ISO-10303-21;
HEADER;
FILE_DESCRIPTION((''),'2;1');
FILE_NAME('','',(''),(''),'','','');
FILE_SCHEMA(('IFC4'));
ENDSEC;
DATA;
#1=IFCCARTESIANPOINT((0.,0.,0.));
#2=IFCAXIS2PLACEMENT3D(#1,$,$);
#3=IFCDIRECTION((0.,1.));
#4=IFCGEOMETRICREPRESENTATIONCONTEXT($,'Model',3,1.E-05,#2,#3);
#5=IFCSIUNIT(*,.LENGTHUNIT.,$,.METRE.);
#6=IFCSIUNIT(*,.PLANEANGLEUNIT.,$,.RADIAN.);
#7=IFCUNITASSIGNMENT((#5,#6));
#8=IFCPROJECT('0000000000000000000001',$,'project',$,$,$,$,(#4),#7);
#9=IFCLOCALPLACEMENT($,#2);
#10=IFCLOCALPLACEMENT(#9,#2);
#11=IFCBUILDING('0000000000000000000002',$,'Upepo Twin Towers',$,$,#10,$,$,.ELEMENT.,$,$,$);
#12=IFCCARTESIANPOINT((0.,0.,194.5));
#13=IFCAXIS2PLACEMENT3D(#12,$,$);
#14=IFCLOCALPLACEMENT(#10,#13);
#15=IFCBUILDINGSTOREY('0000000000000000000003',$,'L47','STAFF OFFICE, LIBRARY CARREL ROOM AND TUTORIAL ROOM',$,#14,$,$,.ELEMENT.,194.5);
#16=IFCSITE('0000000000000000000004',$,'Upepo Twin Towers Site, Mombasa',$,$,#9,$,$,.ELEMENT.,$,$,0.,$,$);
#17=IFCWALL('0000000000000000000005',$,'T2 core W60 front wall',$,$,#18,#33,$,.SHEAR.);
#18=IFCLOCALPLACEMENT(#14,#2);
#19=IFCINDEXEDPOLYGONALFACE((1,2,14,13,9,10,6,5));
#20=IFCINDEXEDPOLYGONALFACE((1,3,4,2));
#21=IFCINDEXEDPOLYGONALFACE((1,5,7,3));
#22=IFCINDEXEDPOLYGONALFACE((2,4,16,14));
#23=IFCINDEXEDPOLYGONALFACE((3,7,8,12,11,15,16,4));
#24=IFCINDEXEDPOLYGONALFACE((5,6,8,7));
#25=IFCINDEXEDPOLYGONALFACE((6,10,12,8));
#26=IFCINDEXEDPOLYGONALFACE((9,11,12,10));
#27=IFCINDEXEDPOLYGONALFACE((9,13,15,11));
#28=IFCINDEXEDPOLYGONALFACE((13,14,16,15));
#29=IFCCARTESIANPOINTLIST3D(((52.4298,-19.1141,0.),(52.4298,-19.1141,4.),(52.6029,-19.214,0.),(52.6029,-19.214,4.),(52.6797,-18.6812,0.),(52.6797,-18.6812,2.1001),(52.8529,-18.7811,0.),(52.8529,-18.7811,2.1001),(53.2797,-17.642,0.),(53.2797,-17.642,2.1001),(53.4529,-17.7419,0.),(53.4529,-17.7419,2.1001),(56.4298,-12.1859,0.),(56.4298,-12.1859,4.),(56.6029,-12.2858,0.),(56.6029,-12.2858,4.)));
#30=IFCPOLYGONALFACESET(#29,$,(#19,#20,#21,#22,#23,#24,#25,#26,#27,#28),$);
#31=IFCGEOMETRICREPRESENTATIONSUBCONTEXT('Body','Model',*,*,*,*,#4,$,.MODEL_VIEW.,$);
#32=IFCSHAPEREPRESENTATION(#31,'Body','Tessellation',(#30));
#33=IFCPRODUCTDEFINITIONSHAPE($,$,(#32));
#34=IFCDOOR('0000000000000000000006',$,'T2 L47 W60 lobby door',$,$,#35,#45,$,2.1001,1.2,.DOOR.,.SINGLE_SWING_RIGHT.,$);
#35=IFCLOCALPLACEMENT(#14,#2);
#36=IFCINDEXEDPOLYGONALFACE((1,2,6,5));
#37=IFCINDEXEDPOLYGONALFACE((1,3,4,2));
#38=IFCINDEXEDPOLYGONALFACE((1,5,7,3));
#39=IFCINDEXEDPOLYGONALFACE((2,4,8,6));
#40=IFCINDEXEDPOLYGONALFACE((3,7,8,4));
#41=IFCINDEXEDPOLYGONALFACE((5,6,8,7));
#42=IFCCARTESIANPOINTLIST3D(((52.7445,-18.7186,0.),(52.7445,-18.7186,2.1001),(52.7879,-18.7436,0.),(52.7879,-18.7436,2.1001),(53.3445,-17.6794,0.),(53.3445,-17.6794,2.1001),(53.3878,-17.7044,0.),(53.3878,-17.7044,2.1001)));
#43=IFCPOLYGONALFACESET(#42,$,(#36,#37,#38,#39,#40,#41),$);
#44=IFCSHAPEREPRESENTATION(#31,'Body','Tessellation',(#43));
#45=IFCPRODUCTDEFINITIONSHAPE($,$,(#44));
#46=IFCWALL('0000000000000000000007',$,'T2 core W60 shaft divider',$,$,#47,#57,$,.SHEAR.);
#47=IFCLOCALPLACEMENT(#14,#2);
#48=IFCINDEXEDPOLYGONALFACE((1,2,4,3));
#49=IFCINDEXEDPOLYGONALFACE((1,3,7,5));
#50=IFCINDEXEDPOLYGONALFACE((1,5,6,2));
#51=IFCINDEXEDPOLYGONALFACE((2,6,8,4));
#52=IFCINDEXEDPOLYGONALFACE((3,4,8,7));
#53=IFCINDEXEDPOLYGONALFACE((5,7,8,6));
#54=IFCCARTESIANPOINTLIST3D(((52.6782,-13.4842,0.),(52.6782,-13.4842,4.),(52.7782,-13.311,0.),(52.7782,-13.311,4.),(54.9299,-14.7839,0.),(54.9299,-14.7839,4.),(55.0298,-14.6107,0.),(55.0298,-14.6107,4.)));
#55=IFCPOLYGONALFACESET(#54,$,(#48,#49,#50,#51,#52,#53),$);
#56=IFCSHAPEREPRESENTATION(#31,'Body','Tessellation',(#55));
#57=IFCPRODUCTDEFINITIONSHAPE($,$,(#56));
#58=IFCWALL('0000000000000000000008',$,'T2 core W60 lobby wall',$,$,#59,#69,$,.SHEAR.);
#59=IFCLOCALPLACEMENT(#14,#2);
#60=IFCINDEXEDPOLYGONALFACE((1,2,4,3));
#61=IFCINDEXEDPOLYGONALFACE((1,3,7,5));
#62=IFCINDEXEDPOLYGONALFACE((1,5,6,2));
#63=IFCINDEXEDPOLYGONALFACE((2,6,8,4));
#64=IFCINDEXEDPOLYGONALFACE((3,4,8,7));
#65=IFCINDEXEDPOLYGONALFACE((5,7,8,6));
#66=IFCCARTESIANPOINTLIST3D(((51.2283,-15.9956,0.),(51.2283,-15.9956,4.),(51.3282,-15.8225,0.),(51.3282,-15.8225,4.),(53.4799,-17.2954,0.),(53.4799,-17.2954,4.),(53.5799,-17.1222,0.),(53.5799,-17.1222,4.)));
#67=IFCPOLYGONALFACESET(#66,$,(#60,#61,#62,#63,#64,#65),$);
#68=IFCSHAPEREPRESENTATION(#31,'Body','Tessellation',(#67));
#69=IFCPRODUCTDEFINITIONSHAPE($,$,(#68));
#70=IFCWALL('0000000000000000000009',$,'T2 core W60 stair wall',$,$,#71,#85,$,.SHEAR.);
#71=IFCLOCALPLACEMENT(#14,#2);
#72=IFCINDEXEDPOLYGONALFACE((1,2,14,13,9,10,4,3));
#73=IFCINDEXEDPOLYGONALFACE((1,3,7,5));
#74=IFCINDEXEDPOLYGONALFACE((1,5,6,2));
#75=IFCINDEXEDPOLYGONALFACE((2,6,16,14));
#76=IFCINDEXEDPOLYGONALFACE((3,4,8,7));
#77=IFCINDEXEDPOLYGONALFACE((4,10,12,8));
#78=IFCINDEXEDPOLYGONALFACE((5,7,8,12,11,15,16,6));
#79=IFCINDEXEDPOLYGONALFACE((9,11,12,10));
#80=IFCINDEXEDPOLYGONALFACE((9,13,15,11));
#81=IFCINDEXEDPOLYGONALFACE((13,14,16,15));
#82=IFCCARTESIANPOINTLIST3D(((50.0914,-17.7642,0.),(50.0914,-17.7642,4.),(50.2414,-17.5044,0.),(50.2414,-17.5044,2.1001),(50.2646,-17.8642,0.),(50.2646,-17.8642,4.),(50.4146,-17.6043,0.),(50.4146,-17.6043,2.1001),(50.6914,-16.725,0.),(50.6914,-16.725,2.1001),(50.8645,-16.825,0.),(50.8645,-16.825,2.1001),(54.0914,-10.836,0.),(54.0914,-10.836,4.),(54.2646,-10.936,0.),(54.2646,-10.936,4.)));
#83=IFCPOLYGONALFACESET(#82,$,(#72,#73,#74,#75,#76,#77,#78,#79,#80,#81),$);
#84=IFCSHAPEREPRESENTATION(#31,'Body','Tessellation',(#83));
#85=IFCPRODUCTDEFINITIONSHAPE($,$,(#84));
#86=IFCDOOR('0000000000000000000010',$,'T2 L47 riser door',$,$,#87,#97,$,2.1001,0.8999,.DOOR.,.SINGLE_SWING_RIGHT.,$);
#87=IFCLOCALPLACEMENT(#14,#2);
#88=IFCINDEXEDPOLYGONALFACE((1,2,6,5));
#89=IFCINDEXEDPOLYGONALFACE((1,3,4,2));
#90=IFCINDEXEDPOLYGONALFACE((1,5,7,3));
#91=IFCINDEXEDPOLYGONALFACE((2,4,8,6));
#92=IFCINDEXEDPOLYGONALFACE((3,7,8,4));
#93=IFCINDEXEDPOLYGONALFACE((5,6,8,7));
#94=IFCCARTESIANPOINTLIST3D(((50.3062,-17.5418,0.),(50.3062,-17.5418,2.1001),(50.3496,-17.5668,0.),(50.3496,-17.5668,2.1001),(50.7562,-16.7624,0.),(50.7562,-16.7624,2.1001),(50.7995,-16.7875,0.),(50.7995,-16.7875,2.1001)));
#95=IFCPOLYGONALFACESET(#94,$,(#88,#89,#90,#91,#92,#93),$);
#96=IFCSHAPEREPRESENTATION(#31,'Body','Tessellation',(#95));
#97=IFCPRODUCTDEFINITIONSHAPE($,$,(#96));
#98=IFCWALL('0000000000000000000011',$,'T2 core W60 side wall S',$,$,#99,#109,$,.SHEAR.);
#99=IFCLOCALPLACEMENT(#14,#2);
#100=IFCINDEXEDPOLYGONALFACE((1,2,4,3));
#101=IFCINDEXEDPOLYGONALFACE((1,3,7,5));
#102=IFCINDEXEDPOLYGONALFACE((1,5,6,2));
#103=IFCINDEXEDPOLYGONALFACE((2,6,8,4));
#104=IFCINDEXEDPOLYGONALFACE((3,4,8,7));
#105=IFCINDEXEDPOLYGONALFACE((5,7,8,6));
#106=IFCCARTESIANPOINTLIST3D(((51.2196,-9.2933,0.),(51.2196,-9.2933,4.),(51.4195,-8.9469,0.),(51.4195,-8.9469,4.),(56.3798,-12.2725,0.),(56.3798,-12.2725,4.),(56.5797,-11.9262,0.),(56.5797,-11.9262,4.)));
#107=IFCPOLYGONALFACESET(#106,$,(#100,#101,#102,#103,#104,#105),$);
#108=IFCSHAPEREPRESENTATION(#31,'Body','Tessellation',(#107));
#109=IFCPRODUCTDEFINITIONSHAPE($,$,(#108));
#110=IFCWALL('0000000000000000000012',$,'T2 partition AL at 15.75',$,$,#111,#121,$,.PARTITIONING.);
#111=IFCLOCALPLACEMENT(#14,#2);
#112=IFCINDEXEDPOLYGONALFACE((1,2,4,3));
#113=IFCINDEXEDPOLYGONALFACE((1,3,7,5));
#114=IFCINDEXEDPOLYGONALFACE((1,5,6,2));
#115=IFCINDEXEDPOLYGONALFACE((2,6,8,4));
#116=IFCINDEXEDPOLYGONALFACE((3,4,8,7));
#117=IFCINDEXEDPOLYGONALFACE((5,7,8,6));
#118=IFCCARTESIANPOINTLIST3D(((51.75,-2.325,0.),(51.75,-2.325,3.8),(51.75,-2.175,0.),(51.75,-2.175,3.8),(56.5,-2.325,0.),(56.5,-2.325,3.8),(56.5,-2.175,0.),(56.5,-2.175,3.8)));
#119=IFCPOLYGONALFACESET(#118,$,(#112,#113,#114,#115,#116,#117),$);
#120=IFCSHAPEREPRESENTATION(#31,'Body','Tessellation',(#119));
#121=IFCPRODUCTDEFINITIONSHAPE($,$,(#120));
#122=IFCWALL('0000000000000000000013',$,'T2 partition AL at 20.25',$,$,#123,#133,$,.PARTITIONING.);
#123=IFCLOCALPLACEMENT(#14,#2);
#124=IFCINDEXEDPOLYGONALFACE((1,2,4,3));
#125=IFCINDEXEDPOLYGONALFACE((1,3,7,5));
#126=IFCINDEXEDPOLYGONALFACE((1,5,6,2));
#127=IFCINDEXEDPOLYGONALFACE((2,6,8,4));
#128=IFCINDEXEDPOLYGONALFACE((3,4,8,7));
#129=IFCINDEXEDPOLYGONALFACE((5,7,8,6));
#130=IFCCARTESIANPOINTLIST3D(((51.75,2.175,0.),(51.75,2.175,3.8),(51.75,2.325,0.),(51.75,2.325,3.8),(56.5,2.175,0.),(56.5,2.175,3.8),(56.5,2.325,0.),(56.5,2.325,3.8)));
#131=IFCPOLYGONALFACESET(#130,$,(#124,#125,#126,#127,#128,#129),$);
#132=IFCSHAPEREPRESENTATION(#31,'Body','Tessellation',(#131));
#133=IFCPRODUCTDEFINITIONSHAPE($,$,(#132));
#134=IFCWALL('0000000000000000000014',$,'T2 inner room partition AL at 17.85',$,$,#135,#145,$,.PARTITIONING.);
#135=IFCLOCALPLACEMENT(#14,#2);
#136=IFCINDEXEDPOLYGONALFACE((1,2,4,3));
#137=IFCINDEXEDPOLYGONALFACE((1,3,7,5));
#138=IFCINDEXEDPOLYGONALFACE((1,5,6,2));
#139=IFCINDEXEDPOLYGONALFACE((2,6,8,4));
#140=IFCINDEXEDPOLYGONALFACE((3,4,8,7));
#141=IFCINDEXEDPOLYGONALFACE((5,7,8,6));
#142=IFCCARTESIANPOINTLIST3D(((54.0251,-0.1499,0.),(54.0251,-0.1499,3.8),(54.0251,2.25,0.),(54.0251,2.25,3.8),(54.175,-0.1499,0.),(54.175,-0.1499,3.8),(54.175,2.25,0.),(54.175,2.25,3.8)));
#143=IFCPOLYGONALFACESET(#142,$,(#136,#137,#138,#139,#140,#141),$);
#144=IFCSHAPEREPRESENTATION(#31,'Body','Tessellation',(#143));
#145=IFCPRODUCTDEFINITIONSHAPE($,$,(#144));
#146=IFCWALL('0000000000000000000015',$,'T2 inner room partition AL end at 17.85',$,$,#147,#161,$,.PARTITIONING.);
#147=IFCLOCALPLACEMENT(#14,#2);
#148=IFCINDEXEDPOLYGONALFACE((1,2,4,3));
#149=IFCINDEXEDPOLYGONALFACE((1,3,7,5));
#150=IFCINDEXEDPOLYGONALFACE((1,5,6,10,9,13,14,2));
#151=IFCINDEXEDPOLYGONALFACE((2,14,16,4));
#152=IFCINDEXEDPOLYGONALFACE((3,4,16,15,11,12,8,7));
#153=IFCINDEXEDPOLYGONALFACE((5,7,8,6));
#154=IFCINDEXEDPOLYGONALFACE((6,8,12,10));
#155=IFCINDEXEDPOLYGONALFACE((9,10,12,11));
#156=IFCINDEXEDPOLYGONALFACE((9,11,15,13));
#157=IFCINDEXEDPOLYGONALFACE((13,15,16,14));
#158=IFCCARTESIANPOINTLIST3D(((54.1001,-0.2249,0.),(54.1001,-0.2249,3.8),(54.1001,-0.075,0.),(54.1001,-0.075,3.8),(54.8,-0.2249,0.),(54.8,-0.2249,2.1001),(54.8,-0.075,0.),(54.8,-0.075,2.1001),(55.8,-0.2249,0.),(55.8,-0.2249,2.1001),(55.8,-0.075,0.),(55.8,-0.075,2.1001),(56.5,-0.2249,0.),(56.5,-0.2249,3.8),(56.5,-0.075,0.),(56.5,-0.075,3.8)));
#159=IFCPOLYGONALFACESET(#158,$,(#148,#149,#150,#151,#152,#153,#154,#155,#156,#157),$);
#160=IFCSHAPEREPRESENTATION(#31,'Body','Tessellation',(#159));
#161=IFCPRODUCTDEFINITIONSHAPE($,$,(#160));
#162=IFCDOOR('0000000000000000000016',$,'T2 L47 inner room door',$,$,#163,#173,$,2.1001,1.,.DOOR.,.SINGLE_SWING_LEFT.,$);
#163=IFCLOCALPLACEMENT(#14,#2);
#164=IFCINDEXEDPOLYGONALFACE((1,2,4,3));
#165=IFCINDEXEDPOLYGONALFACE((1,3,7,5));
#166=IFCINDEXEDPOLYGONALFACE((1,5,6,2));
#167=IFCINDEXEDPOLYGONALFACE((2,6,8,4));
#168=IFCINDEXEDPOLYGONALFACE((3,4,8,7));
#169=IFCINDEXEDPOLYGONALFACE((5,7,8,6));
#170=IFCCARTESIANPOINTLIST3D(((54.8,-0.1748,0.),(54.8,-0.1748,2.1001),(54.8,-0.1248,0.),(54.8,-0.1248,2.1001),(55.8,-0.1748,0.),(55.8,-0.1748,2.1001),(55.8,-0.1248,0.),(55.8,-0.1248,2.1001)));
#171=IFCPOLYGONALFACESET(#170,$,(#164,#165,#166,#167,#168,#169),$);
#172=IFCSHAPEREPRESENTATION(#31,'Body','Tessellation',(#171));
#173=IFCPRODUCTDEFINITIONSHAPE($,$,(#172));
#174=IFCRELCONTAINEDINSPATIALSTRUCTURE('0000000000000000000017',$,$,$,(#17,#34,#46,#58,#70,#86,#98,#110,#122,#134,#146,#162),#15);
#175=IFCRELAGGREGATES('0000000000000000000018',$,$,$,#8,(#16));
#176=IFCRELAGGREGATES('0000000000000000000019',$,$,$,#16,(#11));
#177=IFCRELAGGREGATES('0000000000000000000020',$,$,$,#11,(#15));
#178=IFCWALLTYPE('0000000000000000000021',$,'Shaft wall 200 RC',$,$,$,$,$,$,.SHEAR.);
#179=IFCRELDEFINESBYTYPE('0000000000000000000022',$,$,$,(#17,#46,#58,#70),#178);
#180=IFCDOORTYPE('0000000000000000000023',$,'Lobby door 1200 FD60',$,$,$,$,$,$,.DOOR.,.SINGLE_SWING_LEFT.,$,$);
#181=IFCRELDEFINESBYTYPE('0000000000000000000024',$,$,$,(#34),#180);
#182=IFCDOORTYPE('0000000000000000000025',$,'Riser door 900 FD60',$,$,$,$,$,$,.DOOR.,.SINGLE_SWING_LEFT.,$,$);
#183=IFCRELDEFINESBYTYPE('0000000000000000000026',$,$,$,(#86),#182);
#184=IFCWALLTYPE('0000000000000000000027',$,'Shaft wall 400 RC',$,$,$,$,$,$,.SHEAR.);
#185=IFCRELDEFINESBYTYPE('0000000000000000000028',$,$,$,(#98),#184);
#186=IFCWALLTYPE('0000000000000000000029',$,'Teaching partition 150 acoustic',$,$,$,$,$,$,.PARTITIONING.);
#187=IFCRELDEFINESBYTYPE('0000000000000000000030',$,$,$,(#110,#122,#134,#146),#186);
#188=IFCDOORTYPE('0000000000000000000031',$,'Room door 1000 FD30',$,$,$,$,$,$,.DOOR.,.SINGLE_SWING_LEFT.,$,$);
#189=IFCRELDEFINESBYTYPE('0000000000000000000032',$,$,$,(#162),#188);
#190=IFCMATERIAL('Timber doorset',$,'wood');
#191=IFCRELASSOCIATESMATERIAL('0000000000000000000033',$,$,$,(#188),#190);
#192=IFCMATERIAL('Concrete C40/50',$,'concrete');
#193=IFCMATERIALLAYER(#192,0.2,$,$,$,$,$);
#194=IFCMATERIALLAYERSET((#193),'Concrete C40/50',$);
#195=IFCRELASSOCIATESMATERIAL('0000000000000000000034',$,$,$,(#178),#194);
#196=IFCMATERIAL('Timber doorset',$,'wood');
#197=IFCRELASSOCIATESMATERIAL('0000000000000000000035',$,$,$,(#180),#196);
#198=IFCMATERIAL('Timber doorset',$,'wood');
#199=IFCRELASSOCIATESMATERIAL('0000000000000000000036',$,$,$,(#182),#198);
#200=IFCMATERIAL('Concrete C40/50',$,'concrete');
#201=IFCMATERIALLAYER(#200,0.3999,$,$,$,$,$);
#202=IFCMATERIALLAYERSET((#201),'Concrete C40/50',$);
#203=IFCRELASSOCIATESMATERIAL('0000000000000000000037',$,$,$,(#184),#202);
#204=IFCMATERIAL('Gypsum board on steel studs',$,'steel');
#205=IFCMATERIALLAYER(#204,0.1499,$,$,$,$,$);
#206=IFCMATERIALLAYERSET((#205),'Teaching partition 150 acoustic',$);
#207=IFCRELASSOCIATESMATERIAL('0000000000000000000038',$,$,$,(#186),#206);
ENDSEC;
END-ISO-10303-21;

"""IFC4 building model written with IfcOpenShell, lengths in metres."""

from ifc_helpers import new_model, si_unit, direction, frame, frame_2d, origin, place, context, subcontext, project, spatial, rectangle, extrude, material, layer, layer_set, type_object, element, fill, save


model = new_model("IFC4")

# Units and contexts
model_context = context("Model", 3, precision=1e-05, world=origin(), true_north=direction((0.0, 1.0)))
body_context = subcontext(model_context, "Body", "Model", "MODEL_VIEW")
ifc_project = project(units=[si_unit("LENGTHUNIT", "METRE"), si_unit("PLANEANGLEUNIT", "RADIAN")], contexts=[model_context])

# Site, building, storey
site_placement = place(None, origin())
site = spatial("IfcSite", under=ifc_project, at=site_placement, Name="Upepo Twin Towers Site, Mombasa", CompositionType="ELEMENT", RefElevation=0.0)
building_placement = place(site_placement, origin())
building = spatial("IfcBuilding", under=site, at=building_placement, Name="Upepo Twin Towers", CompositionType="ELEMENT")
storey_placement = place(building_placement, frame((0.0, 0.0, 194.5)))
storey = spatial("IfcBuildingStorey", under=building, at=storey_placement, Name="L47", Description="STAFF OFFICE, LIBRARY CARREL ROOM AND TUTORIAL ROOM", CompositionType="ELEMENT", Elevation=194.5)

# Shared definitions
ifc_material_1 = material(Name="Timber doorset", Category="wood")
door_type_1 = type_object("IfcDoorType", Name="Room door 1000 FD30", OperationType="SINGLE_SWING_LEFT", PredefinedType="DOOR", material=ifc_material_1)

# Wall, opening, door
ifc_material_2 = material(Name="Concrete C40/50", Category="concrete")
ifc_layer_1 = layer(ifc_material_2, 0.2)
ifc_layer_set_1 = layer_set([ifc_layer_1], Name="Concrete C40/50")
wall_type_1 = type_object("IfcWallType", Name="Shaft wall 200 RC", PredefinedType="SHEAR", material=ifc_layer_set_1)
wall_1_placement = place(storey_placement, frame((56.5164, -12.2358, 0.0), z_axis=(0.0, 0.0, 1.0), x_axis=(-0.499999, -0.866026, 0.0)))
wall_1 = element("IfcWall", 1, at=wall_1_placement, inside=storey, type_object=wall_type_1, Name="T2 core W60 front wall", PredefinedType="SHEAR", context=body_context, shape_type="SweptSolid", body=[
    extrude(rectangle(XDim=8.0, YDim=0.2, at=frame_2d((4.0, 0.0))), origin(), (0.0, 0.0, 1.0), 4.0),
])
opening_1_placement = place(wall_1_placement, frame((6.3, 0.0, 0.0)))
opening_1 = element("IfcOpeningElement", 2, at=opening_1_placement, cuts=wall_1, PredefinedType="OPENING", context=body_context, shape_type="SweptSolid", body=[
    extrude(rectangle(XDim=1.2, YDim=2.1001, at=frame_2d((0.6001, 1.05))), frame((0.0, 0.1099, 0.0), z_axis=(0.0, -1.0, 0.0), x_axis=(1.0, 0.0, 0.0)), (0.0, 0.0, 1.0), 0.22),
])
ifc_material_3 = material(Name="Timber doorset", Category="wood")
door_type_2 = type_object("IfcDoorType", Name="Lobby door 1200 FD60", OperationType="SINGLE_SWING_LEFT", PredefinedType="DOOR", material=ifc_material_3)
door_1_placement = place(opening_1_placement, origin())
door_1 = element("IfcDoor", 3, at=door_1_placement, inside=storey, type_object=door_type_2, Name="T2 L47 W60 lobby door", OperationType="SINGLE_SWING_RIGHT", OverallHeight=2.1001, OverallWidth=1.2, PredefinedType="DOOR", context=body_context, shape_type="SweptSolid", body=[
    extrude(rectangle(XDim=1.2, YDim=2.1001, at=frame_2d((0.6001, 1.05))), frame((0.0, 0.0249, 0.0), z_axis=(0.0, -1.0, 0.0), x_axis=(1.0, 0.0, 0.0)), (0.0, 0.0, 1.0), 0.05),
])
fill(opening_1, door_1)

# Walls
for number, where, z_axis, x_axis, name in (
    (4, (54.9797, -14.6973, 0.0), (0.0, 0.0, 1.0), (-0.866062, 0.499937, 0.0), "T2 core W60 shaft divider"),
    (5, (53.5298, -17.2087, 0.0), (0.0, 0.0, 1.0), (-0.866062, 0.499937, 0.0), "T2 core W60 lobby wall"),
):
    element("IfcWall", number, at=place(storey_placement, frame(where, z_axis=z_axis, x_axis=x_axis)), inside=storey, type_object=wall_type_1, Name=name, PredefinedType="SHEAR", context=body_context, shape_type="SweptSolid", body=[
        extrude(rectangle(XDim=2.5999, YDim=0.2, at=frame_2d((1.2998, 0.0))), origin(), (0.0, 0.0, 1.0), 4.0),
    ])

# Wall, opening, door
wall_2_placement = place(storey_placement, frame((54.178, -10.886, 0.0), z_axis=(0.0, 0.0, 1.0), x_axis=(-0.499999, -0.866026, 0.0)))
wall_2 = element("IfcWall", 6, at=wall_2_placement, inside=storey, type_object=wall_type_1, Name="T2 core W60 stair wall", PredefinedType="SHEAR", context=body_context, shape_type="SweptSolid", body=[
    extrude(rectangle(XDim=8.0, YDim=0.2, at=frame_2d((4.0, 0.0))), origin(), (0.0, 0.0, 1.0), 4.0),
])
opening_2_placement = place(wall_2_placement, frame((6.8, 0.0, 0.0)))
opening_2 = element("IfcOpeningElement", 7, at=opening_2_placement, cuts=wall_2, PredefinedType="OPENING", context=body_context, shape_type="SweptSolid", body=[
    extrude(rectangle(XDim=0.8999, YDim=2.1001, at=frame_2d((0.45, 1.05))), frame((0.0, 0.1099, 0.0), z_axis=(0.0, -1.0, 0.0), x_axis=(1.0, 0.0, 0.0)), (0.0, 0.0, 1.0), 0.22),
])
ifc_material_4 = material(Name="Timber doorset", Category="wood")
door_type_3 = type_object("IfcDoorType", Name="Riser door 900 FD60", OperationType="SINGLE_SWING_LEFT", PredefinedType="DOOR", material=ifc_material_4)
door_2_placement = place(opening_2_placement, origin())
door_2 = element("IfcDoor", 8, at=door_2_placement, inside=storey, type_object=door_type_3, Name="T2 L47 riser door", OperationType="SINGLE_SWING_RIGHT", OverallHeight=2.1001, OverallWidth=0.8999, PredefinedType="DOOR", context=body_context, shape_type="SweptSolid", body=[
    extrude(rectangle(XDim=0.8999, YDim=2.1001, at=frame_2d((0.45, 1.05))), frame((0.0, 0.0249, 0.0), z_axis=(0.0, -1.0, 0.0), x_axis=(1.0, 0.0, 0.0)), (0.0, 0.0, 1.0), 0.05),
])
fill(opening_2, door_2)

# Walls
ifc_material_5 = material(Name="Concrete C40/50", Category="concrete")
ifc_layer_2 = layer(ifc_material_5, 0.3999)
ifc_layer_set_2 = layer_set([ifc_layer_2], Name="Concrete C40/50")
wall_type_2 = type_object("IfcWallType", Name="Shaft wall 400 RC", PredefinedType="SHEAR", material=ifc_layer_set_2)
wall_3_placement = place(storey_placement, frame((56.4797, -12.0994, 0.0), z_axis=(0.0, 0.0, 1.0), x_axis=(-0.866023, 0.500004, 0.0)))
element("IfcWall", 9, at=wall_3_placement, inside=storey, type_object=wall_type_2, Name="T2 core W60 side wall S", PredefinedType="SHEAR", context=body_context, shape_type="SweptSolid", body=[
    extrude(rectangle(XDim=5.9585, YDim=0.3999, at=frame_2d((2.9792, 0.0))), origin(), (0.0, 0.0, 1.0), 4.0),
])
ifc_material_6 = material(Name="Gypsum board on steel studs", Category="steel")
ifc_layer_3 = layer(ifc_material_6, 0.1499)
ifc_layer_set_3 = layer_set([ifc_layer_3], Name="Teaching partition 150 acoustic")
wall_type_3 = type_object("IfcWallType", Name="Teaching partition 150 acoustic", PredefinedType="PARTITIONING", material=ifc_layer_set_3)
for number, where, z_axis, x_axis, name in (
    (10, (56.5, -2.25, 0.0), (0.0, 0.0, 1.0), (-1.0, 0.0, 0.0), "T2 partition AL at 15.75"),
    (11, (56.5, 2.25, 0.0), (0.0, 0.0, 1.0), (-1.0, 0.0, 0.0), "T2 partition AL at 20.25"),
):
    element("IfcWall", number, at=place(storey_placement, frame(where, z_axis=z_axis, x_axis=x_axis)), inside=storey, type_object=wall_type_3, Name=name, PredefinedType="PARTITIONING", context=body_context, shape_type="SweptSolid", body=[
        extrude(rectangle(XDim=4.75, YDim=0.1499, at=frame_2d((2.375, 0.0))), origin(), (0.0, 0.0, 1.0), 3.8),
    ])
wall_4_placement = place(storey_placement, frame((54.1001, -0.1499, 0.0), z_axis=(0.0, 0.0, 1.0), x_axis=(0.0, 1.0, 0.0)))
element("IfcWall", 12, at=wall_4_placement, inside=storey, type_object=wall_type_3, Name="T2 inner room partition AL at 17.85", PredefinedType="PARTITIONING", context=body_context, shape_type="SweptSolid", body=[
    extrude(rectangle(XDim=2.3999, YDim=0.1499, at=frame_2d((1.2, 0.0))), origin(), (0.0, 0.0, 1.0), 3.8),
])

# Wall, opening, door
wall_5_placement = place(storey_placement, frame((56.5, -0.1499, 0.0), z_axis=(0.0, 0.0, 1.0), x_axis=(-1.0, 0.0, 0.0)))
wall_5 = element("IfcWall", 13, at=wall_5_placement, inside=storey, type_object=wall_type_3, Name="T2 inner room partition AL end at 17.85", PredefinedType="PARTITIONING", context=body_context, shape_type="SweptSolid", body=[
    extrude(rectangle(XDim=2.3999, YDim=0.1499, at=frame_2d((1.2, 0.0))), origin(), (0.0, 0.0, 1.0), 3.8),
])
opening_3_placement = place(wall_5_placement, frame((0.7, 0.0, 0.0)))
opening_3 = element("IfcOpeningElement", 14, at=opening_3_placement, cuts=wall_5, PredefinedType="OPENING", context=body_context, shape_type="SweptSolid", body=[
    extrude(rectangle(XDim=1.0, YDim=2.1001, at=frame_2d((0.5, 1.05))), frame((0.0, 0.085, 0.0), z_axis=(0.0, -1.0, 0.0), x_axis=(1.0, 0.0, 0.0)), (0.0, 0.0, 1.0), 0.1699),
])
door_3_placement = place(opening_3_placement, origin())
door_3 = element("IfcDoor", 15, at=door_3_placement, inside=storey, type_object=door_type_1, Name="T2 L47 inner room door", OperationType="SINGLE_SWING_LEFT", OverallHeight=2.1001, OverallWidth=1.0, PredefinedType="DOOR", context=body_context, shape_type="SweptSolid", body=[
    extrude(rectangle(XDim=1.0, YDim=2.1001, at=frame_2d((0.5, 1.05))), frame((0.0, 0.0249, 0.0), z_axis=(0.0, -1.0, 0.0), x_axis=(1.0, 0.0, 0.0)), (0.0, 0.0, 1.0), 0.05),
])
fill(opening_3, door_3)

save(model, "model.ifc")
